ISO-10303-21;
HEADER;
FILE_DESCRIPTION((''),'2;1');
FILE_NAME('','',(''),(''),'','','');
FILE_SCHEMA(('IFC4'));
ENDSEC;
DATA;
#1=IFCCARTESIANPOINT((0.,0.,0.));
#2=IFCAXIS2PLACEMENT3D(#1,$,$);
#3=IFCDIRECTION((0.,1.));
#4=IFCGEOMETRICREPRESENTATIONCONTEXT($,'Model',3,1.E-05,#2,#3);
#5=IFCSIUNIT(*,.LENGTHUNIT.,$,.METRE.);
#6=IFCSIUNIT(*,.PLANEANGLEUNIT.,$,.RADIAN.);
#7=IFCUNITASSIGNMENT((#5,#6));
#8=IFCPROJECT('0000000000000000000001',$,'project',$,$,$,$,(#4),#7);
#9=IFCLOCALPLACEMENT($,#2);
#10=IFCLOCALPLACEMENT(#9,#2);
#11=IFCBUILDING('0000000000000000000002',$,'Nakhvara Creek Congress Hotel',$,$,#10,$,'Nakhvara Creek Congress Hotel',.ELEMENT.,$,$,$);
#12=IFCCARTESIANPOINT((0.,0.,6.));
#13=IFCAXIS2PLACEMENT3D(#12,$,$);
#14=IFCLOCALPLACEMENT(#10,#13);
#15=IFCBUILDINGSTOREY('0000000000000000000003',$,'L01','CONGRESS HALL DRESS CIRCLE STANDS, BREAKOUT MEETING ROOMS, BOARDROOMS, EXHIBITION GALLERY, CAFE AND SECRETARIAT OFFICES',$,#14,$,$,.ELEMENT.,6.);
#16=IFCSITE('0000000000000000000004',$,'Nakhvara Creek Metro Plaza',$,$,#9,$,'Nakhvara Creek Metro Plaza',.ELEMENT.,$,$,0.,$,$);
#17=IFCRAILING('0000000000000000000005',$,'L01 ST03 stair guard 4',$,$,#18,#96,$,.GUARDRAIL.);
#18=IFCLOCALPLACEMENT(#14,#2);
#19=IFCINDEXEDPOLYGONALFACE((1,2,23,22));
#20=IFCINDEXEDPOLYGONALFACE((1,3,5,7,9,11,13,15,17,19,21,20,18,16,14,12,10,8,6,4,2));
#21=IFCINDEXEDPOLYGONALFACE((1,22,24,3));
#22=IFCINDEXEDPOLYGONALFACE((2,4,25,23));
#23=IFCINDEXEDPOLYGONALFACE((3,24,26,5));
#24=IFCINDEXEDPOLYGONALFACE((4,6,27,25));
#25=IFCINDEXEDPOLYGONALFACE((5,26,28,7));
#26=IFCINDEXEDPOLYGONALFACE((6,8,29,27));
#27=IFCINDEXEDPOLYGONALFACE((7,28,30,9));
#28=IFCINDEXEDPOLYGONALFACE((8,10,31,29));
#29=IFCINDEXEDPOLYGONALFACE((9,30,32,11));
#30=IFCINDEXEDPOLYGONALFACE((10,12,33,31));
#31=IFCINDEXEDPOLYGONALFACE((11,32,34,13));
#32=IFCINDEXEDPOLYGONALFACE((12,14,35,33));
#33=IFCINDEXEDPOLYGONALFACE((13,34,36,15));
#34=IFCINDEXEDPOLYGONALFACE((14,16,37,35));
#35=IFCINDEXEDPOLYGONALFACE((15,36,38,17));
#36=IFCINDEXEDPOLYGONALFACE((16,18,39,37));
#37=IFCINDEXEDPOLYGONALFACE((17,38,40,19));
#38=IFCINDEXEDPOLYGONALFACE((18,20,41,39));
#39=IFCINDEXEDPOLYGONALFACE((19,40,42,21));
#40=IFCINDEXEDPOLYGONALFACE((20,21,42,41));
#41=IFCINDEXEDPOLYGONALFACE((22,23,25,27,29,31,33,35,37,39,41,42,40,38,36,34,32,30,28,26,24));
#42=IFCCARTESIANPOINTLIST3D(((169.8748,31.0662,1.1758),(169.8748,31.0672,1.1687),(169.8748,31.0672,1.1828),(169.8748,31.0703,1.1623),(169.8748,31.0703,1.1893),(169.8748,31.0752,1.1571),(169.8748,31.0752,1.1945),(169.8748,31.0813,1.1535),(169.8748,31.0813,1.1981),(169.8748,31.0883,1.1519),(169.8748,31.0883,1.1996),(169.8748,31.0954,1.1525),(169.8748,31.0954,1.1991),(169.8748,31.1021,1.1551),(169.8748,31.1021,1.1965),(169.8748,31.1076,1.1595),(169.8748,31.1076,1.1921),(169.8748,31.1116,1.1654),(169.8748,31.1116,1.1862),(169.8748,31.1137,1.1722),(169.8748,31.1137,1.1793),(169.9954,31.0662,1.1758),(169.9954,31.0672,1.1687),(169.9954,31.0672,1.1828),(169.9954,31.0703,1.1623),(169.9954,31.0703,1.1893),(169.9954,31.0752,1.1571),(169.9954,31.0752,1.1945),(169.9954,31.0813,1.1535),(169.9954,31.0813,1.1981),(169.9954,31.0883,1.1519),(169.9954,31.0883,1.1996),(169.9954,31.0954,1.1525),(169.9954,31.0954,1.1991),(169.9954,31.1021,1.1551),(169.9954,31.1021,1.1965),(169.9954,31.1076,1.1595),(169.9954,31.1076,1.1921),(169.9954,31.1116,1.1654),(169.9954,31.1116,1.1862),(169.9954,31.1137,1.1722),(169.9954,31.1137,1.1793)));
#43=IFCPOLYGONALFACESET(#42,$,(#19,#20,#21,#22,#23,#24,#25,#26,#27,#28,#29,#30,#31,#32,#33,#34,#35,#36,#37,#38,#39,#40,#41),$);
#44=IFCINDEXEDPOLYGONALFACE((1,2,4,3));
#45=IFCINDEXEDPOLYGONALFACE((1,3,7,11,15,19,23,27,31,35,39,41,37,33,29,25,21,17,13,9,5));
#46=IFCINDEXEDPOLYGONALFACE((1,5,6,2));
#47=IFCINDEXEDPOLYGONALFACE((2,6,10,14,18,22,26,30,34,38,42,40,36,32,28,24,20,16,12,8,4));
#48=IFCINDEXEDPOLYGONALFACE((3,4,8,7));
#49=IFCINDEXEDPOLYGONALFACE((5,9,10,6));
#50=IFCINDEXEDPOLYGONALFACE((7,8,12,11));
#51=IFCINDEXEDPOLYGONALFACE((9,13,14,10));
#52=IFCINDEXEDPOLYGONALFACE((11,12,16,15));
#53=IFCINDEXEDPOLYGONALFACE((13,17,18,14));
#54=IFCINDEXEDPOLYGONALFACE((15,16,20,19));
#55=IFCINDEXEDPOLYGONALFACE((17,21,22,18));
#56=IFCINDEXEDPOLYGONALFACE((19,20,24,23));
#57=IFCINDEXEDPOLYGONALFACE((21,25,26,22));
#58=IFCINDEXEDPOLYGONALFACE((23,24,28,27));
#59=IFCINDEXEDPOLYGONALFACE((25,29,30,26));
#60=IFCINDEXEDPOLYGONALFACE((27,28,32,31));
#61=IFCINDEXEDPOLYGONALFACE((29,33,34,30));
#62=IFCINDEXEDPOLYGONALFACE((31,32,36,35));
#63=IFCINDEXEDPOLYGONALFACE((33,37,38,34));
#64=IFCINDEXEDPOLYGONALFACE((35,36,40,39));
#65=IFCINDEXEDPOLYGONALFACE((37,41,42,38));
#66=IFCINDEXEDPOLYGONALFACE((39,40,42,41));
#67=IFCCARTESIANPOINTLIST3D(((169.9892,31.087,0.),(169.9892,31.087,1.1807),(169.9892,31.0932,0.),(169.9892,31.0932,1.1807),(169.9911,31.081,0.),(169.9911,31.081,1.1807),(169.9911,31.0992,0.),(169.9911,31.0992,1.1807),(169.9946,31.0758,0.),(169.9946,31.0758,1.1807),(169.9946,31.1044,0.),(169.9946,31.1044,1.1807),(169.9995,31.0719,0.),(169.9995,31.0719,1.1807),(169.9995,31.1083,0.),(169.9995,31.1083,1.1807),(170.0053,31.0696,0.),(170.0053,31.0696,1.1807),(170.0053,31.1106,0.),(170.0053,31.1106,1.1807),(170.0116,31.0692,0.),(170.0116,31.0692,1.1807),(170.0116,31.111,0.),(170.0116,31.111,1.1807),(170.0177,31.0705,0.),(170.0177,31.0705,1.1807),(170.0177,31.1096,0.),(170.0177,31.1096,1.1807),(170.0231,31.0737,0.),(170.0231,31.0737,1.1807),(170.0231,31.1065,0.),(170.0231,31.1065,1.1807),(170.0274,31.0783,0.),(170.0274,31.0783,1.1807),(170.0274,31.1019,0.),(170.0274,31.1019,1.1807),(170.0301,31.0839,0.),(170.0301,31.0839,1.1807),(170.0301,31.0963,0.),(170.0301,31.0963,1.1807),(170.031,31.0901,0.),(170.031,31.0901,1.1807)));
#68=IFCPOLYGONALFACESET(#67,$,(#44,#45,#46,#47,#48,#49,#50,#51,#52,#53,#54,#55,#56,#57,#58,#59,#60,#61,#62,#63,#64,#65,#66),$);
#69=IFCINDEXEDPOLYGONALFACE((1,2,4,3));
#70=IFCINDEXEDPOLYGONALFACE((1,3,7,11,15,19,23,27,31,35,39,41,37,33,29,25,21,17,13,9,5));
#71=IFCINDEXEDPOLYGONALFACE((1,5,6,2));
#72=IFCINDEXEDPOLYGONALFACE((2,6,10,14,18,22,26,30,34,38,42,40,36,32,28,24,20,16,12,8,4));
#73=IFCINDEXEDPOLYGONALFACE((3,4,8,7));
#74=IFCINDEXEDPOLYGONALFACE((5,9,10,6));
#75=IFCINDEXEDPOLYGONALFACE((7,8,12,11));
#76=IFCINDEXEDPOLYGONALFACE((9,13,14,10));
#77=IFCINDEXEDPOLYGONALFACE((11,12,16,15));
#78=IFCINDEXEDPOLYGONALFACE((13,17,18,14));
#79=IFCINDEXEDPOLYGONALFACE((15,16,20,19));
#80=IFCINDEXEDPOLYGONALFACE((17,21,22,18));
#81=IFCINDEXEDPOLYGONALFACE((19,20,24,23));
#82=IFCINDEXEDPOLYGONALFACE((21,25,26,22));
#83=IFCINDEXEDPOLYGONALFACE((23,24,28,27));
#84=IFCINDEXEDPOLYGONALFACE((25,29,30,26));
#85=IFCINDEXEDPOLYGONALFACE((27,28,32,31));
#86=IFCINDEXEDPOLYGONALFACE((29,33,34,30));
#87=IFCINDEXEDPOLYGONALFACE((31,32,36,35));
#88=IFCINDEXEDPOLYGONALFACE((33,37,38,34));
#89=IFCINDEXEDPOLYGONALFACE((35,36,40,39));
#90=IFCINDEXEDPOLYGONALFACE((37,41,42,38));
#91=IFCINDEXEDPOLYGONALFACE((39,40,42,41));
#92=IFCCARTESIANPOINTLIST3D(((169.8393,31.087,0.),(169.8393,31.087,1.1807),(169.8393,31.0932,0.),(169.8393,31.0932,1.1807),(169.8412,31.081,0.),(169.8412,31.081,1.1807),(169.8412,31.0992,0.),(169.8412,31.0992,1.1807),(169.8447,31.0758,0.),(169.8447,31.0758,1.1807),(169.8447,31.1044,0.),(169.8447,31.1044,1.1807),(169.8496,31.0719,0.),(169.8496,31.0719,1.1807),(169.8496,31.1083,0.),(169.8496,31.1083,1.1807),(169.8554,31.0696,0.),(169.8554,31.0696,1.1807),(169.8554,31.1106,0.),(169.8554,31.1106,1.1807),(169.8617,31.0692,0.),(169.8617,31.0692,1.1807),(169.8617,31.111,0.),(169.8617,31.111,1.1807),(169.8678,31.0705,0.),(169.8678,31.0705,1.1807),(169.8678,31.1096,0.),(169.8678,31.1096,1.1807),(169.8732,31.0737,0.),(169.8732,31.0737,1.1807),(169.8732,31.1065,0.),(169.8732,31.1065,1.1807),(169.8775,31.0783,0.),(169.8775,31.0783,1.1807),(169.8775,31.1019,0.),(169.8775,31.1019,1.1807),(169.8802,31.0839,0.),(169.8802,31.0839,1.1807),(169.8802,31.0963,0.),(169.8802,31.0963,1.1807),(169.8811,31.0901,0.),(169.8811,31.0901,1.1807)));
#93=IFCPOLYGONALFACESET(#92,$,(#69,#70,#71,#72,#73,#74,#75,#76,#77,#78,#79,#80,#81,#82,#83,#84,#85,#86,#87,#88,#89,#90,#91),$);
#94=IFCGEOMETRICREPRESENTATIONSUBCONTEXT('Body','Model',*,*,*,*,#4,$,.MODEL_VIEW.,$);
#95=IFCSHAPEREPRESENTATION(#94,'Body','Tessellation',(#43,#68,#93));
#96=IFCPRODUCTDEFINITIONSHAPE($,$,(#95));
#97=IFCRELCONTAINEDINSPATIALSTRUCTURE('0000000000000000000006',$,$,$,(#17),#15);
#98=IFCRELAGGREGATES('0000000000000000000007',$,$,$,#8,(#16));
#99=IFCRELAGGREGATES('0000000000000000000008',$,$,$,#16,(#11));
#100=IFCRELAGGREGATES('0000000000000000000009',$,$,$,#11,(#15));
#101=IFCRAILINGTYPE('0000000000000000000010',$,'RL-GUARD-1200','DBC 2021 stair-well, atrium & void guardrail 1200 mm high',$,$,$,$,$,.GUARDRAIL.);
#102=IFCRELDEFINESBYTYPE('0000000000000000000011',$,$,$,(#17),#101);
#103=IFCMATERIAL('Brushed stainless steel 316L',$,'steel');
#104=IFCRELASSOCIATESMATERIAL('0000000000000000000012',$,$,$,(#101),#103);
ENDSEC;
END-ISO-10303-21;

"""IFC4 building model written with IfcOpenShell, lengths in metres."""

from ifc_helpers import new_model, si_unit, direction, frame, origin, origin_2d, place, context, subcontext, project, spatial, circle, extrude, material, type_object, element, save


model = new_model("IFC4")

# Units and contexts
model_context = context("Model", 3, precision=1e-05, world=origin(), true_north=direction((0.0, 1.0)))
body_context = subcontext(model_context, "Body", "Model", "MODEL_VIEW")
ifc_project = project(units=[si_unit("LENGTHUNIT", "METRE"), si_unit("PLANEANGLEUNIT", "RADIAN")], contexts=[model_context])

# Site, building, storey
site_placement = place(None, origin())
site = spatial("IfcSite", under=ifc_project, at=site_placement, Name="Nakhvara Creek Metro Plaza", LongName="Nakhvara Creek Metro Plaza", CompositionType="ELEMENT", RefElevation=0.0)
building_placement = place(site_placement, origin())
building = spatial("IfcBuilding", under=site, at=building_placement, Name="Nakhvara Creek Congress Hotel", LongName="Nakhvara Creek Congress Hotel", CompositionType="ELEMENT")
storey_placement = place(building_placement, frame((0.0, 0.0, 6.0)))
storey = spatial("IfcBuildingStorey", under=building, at=storey_placement, Name="L01", Description="CONGRESS HALL DRESS CIRCLE STANDS, BREAKOUT MEETING ROOMS, BOARDROOMS, EXHIBITION GALLERY, CAFE AND SECRETARIAT OFFICES", CompositionType="ELEMENT", Elevation=6.0)

# Railing
ifc_material_1 = material(Name="Brushed stainless steel 316L", Category="steel")
railing_type_1 = type_object("IfcRailingType", Name="RL-GUARD-1200", Description="DBC 2021 stair-well, atrium & void guardrail 1200 mm high", PredefinedType="GUARDRAIL", material=ifc_material_1)
railing_1_placement = place(storey_placement, frame((170.01, 31.0901, 0.0)))
element("IfcRailing", 1, at=railing_1_placement, inside=storey, type_object=railing_type_1, Name="L01 ST03 stair guard 4", PredefinedType="GUARDRAIL", context=body_context, shape_type="SweptSolid", body=[
    extrude(circle(Radius=0.0239, at=origin_2d()), frame((-0.0146, 0.0, 1.1758), z_axis=(-1.0, 0.0, 0.0), x_axis=(0.0, -1.0, 0.0)), (0.0, 0.0, 1.0), 0.1206),
    extrude(circle(Radius=0.021, at=origin_2d()), origin(), (0.0, 0.0, 1.0), 1.1807),
    extrude(circle(Radius=0.021, at=origin_2d()), frame((-0.1499, 0.0, 0.0)), (0.0, 0.0, 1.0), 1.1807),
])

save(model, "model.ifc")
